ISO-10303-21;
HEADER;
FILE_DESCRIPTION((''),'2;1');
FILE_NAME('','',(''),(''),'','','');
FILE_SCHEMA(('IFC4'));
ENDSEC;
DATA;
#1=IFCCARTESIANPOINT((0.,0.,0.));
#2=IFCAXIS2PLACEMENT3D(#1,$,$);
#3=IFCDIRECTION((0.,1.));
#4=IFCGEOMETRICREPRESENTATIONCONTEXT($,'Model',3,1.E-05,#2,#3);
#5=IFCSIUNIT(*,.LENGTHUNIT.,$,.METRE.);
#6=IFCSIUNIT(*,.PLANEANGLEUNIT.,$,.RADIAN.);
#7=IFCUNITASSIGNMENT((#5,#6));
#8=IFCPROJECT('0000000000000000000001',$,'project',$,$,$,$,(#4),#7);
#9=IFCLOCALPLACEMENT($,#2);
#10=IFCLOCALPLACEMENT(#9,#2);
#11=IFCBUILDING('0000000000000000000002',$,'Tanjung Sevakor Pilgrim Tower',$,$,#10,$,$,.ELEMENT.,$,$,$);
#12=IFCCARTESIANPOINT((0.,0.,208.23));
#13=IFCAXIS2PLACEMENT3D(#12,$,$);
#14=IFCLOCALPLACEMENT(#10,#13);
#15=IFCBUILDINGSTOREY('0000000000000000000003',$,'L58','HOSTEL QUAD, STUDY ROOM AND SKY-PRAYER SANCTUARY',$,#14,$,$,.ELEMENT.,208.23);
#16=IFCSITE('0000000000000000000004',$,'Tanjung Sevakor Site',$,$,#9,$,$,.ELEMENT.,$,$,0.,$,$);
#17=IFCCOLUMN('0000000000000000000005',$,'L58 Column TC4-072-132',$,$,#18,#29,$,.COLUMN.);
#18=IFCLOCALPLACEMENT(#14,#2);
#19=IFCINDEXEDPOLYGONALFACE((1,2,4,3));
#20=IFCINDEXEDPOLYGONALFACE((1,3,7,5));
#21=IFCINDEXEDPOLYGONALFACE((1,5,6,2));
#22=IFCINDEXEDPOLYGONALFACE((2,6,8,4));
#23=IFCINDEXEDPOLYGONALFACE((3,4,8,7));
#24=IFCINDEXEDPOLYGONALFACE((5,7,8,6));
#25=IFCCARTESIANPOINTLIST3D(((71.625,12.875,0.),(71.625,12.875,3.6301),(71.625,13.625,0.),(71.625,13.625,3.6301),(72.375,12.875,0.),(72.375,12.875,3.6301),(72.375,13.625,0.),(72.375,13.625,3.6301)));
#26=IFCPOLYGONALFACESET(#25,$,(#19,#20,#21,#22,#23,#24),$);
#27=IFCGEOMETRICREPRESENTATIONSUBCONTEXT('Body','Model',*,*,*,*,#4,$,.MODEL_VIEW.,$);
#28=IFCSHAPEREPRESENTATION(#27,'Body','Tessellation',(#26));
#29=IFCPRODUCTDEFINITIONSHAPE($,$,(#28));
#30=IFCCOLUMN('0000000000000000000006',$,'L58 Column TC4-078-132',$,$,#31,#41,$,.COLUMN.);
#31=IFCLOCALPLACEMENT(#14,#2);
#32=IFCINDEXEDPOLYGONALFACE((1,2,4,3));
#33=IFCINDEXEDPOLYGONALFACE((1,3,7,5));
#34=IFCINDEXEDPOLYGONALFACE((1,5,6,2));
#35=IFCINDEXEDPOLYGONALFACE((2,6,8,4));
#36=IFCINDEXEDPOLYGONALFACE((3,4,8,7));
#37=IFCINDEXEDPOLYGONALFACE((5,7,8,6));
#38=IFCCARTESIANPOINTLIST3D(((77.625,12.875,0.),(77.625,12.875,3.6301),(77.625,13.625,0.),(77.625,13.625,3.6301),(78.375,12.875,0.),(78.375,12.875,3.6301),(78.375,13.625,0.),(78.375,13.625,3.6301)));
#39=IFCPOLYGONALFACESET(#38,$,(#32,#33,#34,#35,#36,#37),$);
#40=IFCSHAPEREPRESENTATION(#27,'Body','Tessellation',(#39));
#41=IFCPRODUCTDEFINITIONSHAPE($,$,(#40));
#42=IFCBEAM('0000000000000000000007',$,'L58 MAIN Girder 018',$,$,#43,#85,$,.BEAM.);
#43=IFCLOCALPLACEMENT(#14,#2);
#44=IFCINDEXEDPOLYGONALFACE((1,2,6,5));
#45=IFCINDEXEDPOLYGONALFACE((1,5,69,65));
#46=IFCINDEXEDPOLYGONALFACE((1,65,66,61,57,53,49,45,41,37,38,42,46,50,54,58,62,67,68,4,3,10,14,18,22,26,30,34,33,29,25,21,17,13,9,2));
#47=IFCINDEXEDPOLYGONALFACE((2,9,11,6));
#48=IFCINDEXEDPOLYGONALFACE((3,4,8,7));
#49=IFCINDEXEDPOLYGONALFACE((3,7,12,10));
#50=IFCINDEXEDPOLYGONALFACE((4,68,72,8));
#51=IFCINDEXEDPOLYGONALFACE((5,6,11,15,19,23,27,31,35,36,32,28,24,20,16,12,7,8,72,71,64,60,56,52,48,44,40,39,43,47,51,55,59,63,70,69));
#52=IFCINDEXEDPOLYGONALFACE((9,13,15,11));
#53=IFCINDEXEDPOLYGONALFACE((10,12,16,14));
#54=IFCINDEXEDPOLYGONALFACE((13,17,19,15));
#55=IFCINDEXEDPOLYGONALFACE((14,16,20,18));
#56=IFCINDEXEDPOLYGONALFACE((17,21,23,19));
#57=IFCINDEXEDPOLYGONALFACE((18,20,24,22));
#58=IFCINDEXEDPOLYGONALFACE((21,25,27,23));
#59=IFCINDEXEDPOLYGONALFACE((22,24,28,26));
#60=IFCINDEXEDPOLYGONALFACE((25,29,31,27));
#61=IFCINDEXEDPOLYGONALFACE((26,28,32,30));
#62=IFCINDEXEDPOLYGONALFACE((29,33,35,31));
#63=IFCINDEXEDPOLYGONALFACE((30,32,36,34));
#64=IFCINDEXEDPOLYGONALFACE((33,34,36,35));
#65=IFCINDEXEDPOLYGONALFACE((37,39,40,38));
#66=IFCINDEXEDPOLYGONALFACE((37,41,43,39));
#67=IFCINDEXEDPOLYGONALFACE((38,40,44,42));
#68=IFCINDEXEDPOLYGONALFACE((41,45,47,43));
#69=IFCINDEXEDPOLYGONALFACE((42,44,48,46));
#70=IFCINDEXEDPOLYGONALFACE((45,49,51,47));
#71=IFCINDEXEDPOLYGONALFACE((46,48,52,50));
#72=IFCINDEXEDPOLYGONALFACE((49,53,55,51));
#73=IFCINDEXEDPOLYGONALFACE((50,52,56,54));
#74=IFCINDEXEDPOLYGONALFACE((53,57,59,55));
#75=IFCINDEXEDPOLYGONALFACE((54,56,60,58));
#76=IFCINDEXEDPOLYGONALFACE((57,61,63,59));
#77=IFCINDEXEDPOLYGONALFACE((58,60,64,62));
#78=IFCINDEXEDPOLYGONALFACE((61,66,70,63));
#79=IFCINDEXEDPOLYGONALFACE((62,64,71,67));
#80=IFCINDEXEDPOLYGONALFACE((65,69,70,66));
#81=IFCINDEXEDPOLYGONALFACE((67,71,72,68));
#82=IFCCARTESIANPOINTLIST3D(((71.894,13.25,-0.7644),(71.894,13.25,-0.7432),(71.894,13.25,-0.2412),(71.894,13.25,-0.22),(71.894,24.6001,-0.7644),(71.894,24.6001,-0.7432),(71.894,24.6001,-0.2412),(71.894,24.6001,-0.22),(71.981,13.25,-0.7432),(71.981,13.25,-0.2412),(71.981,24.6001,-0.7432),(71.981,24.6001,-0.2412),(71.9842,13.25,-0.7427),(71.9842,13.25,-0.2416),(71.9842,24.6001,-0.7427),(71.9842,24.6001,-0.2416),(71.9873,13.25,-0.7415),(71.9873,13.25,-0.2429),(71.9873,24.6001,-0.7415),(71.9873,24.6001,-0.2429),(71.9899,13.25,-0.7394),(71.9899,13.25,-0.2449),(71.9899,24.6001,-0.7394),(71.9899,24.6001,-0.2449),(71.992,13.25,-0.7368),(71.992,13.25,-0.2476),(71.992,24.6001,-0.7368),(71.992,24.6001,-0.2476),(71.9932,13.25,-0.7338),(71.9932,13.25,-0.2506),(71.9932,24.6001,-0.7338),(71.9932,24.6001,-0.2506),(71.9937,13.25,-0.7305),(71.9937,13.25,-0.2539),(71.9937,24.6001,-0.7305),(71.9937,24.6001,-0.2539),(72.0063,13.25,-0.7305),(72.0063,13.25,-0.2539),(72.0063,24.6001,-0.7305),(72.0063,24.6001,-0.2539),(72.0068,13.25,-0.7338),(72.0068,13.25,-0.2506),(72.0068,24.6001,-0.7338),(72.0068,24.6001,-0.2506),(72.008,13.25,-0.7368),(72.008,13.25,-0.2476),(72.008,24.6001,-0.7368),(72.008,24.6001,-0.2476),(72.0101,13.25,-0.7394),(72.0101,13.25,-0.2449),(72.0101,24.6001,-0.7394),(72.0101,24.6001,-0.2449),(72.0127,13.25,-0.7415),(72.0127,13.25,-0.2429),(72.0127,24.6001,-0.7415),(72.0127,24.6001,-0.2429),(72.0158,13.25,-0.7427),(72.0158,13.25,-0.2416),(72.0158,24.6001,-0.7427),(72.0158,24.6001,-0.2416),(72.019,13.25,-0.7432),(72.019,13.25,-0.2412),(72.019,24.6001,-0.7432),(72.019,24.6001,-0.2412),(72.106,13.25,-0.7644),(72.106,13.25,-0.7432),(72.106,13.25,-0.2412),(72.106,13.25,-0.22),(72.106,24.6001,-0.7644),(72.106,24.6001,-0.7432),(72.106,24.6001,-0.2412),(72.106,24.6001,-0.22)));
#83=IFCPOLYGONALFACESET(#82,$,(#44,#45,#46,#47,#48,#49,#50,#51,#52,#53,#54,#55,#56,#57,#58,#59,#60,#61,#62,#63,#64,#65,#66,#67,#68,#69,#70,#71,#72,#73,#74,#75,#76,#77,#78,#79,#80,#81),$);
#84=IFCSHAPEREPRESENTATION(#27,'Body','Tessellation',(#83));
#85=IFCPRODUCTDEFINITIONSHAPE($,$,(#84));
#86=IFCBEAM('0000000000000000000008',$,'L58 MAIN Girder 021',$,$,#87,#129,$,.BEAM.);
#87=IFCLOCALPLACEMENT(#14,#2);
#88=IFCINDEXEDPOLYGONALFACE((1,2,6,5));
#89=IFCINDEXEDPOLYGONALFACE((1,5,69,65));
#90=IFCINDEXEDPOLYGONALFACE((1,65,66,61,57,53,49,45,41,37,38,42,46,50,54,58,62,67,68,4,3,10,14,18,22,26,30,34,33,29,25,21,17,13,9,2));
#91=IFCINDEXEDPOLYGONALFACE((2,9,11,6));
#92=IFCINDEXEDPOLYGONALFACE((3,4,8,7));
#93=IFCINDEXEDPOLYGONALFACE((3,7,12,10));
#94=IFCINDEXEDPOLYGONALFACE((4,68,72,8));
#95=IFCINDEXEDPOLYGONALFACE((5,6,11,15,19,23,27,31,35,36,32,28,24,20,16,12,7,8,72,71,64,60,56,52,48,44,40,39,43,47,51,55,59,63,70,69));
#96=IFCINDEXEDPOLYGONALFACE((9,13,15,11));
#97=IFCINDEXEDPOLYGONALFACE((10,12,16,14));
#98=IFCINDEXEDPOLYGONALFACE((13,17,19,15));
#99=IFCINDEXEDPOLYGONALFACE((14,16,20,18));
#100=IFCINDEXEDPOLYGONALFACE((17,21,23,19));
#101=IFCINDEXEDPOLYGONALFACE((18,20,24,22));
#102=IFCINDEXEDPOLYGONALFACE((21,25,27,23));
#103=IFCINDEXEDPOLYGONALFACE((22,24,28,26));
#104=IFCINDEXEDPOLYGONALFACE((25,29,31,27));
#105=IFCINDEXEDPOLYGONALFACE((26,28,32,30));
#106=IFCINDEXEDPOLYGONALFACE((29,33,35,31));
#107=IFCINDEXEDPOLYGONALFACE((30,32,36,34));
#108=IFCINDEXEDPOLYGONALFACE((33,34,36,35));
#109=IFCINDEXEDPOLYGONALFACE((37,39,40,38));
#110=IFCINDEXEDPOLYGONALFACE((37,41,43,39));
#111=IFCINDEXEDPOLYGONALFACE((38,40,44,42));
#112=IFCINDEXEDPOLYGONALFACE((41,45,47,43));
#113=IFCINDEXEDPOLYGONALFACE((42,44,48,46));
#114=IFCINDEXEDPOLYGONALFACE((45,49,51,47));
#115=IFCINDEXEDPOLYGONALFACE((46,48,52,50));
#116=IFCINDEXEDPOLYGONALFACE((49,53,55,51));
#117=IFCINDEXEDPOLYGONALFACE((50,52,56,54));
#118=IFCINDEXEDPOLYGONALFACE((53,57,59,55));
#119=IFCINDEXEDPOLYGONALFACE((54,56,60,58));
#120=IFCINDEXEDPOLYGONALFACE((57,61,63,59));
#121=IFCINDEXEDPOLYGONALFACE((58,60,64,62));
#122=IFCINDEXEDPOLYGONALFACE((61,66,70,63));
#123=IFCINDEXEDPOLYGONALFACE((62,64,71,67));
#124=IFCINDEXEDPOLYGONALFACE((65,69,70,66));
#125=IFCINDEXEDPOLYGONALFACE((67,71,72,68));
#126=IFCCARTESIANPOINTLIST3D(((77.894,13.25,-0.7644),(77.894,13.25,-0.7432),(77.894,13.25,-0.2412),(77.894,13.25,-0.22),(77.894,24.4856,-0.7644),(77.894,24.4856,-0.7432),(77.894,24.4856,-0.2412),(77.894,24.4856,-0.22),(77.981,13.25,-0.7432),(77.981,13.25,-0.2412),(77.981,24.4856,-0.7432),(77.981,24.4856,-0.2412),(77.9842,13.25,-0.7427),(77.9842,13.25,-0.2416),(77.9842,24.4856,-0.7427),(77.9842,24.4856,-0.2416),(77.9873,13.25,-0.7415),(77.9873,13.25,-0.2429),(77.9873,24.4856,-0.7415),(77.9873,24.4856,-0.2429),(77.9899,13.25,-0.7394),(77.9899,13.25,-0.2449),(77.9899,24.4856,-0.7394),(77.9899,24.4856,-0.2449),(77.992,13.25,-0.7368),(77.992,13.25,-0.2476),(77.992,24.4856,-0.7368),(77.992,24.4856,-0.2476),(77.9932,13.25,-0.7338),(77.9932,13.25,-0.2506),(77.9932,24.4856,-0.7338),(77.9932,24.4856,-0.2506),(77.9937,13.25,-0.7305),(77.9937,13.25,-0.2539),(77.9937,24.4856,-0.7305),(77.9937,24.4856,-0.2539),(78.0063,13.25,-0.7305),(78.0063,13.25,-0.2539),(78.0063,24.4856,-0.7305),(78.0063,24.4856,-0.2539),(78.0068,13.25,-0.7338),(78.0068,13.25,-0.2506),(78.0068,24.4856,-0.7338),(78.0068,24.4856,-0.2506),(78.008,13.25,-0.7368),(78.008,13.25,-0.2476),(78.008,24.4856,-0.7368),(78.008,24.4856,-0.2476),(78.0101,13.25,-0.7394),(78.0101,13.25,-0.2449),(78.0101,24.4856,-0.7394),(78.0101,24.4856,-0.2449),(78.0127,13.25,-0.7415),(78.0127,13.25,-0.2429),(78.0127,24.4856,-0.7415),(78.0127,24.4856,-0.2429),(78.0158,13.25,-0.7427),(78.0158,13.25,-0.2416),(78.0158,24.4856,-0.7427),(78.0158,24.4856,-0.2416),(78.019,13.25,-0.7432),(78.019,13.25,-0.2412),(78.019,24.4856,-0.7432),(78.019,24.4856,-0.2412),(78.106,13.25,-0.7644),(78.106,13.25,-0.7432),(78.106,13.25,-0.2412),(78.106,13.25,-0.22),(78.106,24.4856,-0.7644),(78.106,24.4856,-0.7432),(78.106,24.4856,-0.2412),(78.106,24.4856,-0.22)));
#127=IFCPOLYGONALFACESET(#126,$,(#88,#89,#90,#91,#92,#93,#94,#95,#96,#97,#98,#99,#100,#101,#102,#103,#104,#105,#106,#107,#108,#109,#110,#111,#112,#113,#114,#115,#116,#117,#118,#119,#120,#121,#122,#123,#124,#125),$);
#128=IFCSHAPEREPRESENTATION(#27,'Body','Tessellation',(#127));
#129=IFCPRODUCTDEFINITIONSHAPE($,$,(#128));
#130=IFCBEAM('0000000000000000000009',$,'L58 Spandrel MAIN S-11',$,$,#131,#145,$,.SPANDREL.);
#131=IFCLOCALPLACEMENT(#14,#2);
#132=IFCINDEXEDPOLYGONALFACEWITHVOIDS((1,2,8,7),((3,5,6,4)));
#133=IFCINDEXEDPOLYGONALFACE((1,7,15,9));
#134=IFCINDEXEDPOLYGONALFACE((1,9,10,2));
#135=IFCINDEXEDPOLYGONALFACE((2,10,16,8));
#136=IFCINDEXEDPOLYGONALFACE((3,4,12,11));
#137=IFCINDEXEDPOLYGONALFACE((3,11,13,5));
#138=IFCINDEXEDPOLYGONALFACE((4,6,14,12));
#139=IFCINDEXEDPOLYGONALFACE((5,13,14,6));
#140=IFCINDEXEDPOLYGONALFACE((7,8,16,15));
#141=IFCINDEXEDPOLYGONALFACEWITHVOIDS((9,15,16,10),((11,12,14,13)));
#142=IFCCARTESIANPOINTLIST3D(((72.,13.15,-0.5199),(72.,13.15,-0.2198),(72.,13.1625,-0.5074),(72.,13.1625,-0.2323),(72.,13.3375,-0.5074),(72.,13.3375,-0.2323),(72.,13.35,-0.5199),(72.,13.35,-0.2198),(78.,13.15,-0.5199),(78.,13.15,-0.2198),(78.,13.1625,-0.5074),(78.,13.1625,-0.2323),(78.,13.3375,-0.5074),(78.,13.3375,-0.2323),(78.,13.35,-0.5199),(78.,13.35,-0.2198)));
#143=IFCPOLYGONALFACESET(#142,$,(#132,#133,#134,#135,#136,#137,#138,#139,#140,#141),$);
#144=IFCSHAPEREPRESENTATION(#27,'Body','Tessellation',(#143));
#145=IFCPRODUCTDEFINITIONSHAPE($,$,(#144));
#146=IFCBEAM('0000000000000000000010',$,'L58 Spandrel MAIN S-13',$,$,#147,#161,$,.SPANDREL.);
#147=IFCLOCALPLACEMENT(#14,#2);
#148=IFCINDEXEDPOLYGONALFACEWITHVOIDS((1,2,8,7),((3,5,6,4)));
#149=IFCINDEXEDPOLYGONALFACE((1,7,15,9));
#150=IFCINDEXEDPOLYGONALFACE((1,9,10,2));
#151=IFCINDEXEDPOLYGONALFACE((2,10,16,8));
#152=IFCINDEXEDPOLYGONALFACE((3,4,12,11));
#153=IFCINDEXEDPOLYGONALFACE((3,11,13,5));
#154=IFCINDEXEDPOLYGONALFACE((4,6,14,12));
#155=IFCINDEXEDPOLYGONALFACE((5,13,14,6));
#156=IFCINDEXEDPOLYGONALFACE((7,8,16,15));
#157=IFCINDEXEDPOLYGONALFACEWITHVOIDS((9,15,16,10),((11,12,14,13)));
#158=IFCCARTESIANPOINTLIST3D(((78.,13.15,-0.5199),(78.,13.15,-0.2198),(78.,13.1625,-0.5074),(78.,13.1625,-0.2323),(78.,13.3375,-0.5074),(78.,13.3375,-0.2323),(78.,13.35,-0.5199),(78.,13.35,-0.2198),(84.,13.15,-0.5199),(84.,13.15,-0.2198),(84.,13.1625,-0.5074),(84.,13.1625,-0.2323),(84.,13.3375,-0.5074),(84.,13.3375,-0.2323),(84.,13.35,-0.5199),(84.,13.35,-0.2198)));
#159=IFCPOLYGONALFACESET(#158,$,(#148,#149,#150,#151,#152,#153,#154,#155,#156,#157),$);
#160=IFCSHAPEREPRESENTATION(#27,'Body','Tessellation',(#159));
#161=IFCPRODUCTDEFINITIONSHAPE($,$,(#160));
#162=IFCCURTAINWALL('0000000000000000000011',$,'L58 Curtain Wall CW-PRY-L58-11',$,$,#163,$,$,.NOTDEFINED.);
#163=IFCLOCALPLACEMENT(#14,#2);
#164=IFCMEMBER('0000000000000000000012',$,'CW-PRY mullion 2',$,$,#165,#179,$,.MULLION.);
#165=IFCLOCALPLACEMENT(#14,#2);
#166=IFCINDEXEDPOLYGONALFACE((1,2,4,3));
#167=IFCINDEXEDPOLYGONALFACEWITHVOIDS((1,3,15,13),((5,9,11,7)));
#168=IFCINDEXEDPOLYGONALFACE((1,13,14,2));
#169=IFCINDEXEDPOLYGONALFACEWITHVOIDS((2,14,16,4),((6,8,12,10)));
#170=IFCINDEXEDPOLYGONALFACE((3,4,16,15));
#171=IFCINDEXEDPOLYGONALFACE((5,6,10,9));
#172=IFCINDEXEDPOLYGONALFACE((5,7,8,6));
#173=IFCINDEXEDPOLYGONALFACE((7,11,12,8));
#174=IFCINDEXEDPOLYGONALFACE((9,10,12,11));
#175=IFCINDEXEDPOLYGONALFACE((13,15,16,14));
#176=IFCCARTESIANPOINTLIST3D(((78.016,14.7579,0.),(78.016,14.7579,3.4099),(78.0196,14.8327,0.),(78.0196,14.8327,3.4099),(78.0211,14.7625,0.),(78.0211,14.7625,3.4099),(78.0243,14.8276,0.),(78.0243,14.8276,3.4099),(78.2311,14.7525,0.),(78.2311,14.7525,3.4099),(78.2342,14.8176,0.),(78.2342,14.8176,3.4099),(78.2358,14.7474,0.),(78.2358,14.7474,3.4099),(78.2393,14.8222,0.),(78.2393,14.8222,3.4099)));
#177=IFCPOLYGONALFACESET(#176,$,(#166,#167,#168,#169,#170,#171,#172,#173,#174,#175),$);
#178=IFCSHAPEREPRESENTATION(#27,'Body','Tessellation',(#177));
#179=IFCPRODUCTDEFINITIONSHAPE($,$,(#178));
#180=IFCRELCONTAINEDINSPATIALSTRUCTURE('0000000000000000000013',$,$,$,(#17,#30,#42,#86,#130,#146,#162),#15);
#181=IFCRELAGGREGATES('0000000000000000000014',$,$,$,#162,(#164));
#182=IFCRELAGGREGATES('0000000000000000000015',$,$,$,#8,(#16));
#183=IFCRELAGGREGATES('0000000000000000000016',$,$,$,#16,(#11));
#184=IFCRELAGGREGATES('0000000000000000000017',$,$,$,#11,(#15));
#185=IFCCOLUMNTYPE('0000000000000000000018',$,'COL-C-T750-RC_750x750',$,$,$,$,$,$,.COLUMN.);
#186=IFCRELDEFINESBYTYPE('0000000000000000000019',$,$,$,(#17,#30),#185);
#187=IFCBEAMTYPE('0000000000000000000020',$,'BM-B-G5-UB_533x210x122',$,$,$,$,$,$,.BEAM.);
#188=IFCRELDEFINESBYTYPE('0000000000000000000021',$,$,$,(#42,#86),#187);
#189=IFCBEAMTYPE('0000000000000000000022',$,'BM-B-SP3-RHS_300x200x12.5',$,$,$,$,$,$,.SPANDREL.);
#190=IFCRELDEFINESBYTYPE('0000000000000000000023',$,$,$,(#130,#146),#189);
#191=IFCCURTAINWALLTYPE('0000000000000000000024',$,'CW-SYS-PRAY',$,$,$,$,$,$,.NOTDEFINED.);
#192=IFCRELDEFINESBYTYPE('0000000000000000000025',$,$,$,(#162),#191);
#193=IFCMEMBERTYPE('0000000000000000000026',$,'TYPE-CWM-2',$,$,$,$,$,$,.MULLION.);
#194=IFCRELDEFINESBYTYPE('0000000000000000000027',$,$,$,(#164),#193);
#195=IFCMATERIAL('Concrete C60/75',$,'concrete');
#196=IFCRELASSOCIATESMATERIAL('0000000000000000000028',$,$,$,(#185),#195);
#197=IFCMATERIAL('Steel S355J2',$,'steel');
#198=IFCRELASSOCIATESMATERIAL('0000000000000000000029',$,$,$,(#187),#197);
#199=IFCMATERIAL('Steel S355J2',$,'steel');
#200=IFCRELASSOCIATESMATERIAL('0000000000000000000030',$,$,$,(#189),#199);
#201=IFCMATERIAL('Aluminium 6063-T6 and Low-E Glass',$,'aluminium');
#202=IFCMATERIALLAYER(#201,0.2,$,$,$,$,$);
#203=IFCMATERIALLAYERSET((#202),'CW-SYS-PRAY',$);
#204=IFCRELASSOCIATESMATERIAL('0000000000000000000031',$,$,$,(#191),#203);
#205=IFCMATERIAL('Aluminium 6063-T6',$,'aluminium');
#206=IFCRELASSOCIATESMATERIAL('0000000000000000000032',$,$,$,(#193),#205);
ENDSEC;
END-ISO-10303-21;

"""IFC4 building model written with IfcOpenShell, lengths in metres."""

from ifc_helpers import new_model, si_unit, direction, frame, origin, origin_2d, place, context, subcontext, project, spatial, rectangle, hollow_rectangle, i_section, extrude, material, layer, layer_set, material_profile, profile_set, type_object, element, aggregate, save


model = new_model("IFC4")

# Units and contexts
model_context = context("Model", 3, precision=1e-05, world=origin(), true_north=direction((0.0, 1.0)))
body_context = subcontext(model_context, "Body", "Model", "MODEL_VIEW")
ifc_project = project(units=[si_unit("LENGTHUNIT", "METRE"), si_unit("PLANEANGLEUNIT", "RADIAN")], contexts=[model_context])

# Site, building, storey
site_placement = place(None, origin())
site = spatial("IfcSite", under=ifc_project, at=site_placement, Name="Tanjung Sevakor Site", CompositionType="ELEMENT", RefElevation=0.0)
building_placement = place(site_placement, origin())
building = spatial("IfcBuilding", under=site, at=building_placement, Name="Tanjung Sevakor Pilgrim Tower", CompositionType="ELEMENT")
storey_placement = place(building_placement, frame((0.0, 0.0, 208.23)))
storey = spatial("IfcBuildingStorey", under=building, at=storey_placement, Name="L58", Description="HOSTEL QUAD, STUDY ROOM AND SKY-PRAYER SANCTUARY", CompositionType="ELEMENT", Elevation=208.23)

# Columns
ifc_material_1 = material(Name="Concrete C60/75", Category="concrete")
ifc_material_profile_1 = material_profile(ifc_material_1, rectangle(XDim=0.75, YDim=0.75, at=origin_2d()))
ifc_profile_set_1 = profile_set([ifc_material_profile_1], Name="Concrete C60/75")
column_type = type_object("IfcColumnType", Name="COL-C-T750-RC_750x750", PredefinedType="COLUMN", material=ifc_profile_set_1)
for number, where, z_axis, x_axis, name in (
    (1, (72.0, 13.25, 0.0), (0.0, 0.0, 1.0), (1.0, 0.0, 0.0), "L58 Column TC4-072-132"),
    (2, (78.0, 13.25, 0.0), (0.0, 0.0, 1.0), (1.0, 0.0, 0.0), "L58 Column TC4-078-132"),
):
    element("IfcColumn", number, at=place(storey_placement, frame(where, z_axis=z_axis, x_axis=x_axis)), inside=storey, type_object=column_type, Name=name, PredefinedType="COLUMN", context=body_context, shape_type="SweptSolid", body=[
        extrude(rectangle(XDim=0.75, YDim=0.75, at=origin_2d()), origin(), (0.0, 0.0, 1.0), 3.6301),
    ])

# Beams
ifc_material_2 = material(Name="Steel S355J2", Category="steel")
ifc_material_profile_2 = material_profile(ifc_material_2, i_section(OverallWidth=0.2119, OverallDepth=0.5444, WebThickness=0.0127, FlangeThickness=0.0212, FilletRadius=0.0127, at=origin_2d()))
ifc_profile_set_2 = profile_set([ifc_material_profile_2], Name="Steel S355J2")
beam_type_1 = type_object("IfcBeamType", Name="BM-B-G5-UB_533x210x122", PredefinedType="BEAM", material=ifc_profile_set_2)
beam_1_placement = place(storey_placement, frame((72.0, 13.25, -0.4922), z_axis=(0.0, 1.0, 0.0), x_axis=(-1.0, 0.0, 0.0)))
element("IfcBeam", 3, at=beam_1_placement, inside=storey, type_object=beam_type_1, Name="L58 MAIN Girder 018", PredefinedType="BEAM", context=body_context, shape_type="SweptSolid", body=[
    extrude(i_section(OverallWidth=0.2119, OverallDepth=0.5444, WebThickness=0.0127, FlangeThickness=0.0212, FilletRadius=0.0127, at=origin_2d()), origin(), (0.0, 0.0, 1.0), 11.3501),
])
beam_2_placement = place(storey_placement, frame((78.0, 13.25, -0.4922), z_axis=(0.0, 1.0, 0.0), x_axis=(-1.0, 0.0, 0.0)))
element("IfcBeam", 4, at=beam_2_placement, inside=storey, type_object=beam_type_1, Name="L58 MAIN Girder 021", PredefinedType="BEAM", context=body_context, shape_type="SweptSolid", body=[
    extrude(i_section(OverallWidth=0.2119, OverallDepth=0.5444, WebThickness=0.0127, FlangeThickness=0.0212, FilletRadius=0.0127, at=origin_2d()), origin(), (0.0, 0.0, 1.0), 11.2356),
])
ifc_material_3 = material(Name="Steel S355J2", Category="steel")
ifc_material_profile_3 = material_profile(ifc_material_3, hollow_rectangle(XDim=0.2, YDim=0.3, WallThickness=0.0125, at=origin_2d()))
ifc_profile_set_3 = profile_set([ifc_material_profile_3], Name="Steel S355J2")
beam_type_2 = type_object("IfcBeamType", Name="BM-B-SP3-RHS_300x200x12.5", PredefinedType="SPANDREL", material=ifc_profile_set_3)
for number, where, z_axis, x_axis, name in (
    (5, (72.0, 13.25, -0.3699), (1.0, 0.0, 0.0), (0.0, 1.0, 0.0), "L58 Spandrel MAIN S-11"),
    (6, (78.0, 13.25, -0.3699), (1.0, 0.0, 0.0), (0.0, 1.0, 0.0), "L58 Spandrel MAIN S-13"),
):
    element("IfcBeam", number, at=place(storey_placement, frame(where, z_axis=z_axis, x_axis=x_axis)), inside=storey, type_object=beam_type_2, Name=name, PredefinedType="SPANDREL", context=body_context, shape_type="SweptSolid", body=[
        extrude(hollow_rectangle(XDim=0.2, YDim=0.3, WallThickness=0.0125, at=origin_2d()), origin(), (0.0, 0.0, 1.0), 6.0),
    ])

# Curtain wall, member
ifc_material_4 = material(Name="Aluminium 6063-T6 and Low-E Glass", Category="aluminium")
ifc_layer_1 = layer(ifc_material_4, 0.2)
ifc_layer_set_1 = layer_set([ifc_layer_1], Name="CW-SYS-PRAY")
curtain_wall_type = type_object("IfcCurtainWallType", Name="CW-SYS-PRAY", PredefinedType="NOTDEFINED", material=ifc_layer_set_1)
curtain_wall_1_placement = place(storey_placement, origin())
curtain_wall_1 = element("IfcCurtainWall", 7, at=curtain_wall_1_placement, inside=storey, type_object=curtain_wall_type, Name="L58 Curtain Wall CW-PRY-L58-11", PredefinedType="NOTDEFINED")
ifc_material_5 = material(Name="Aluminium 6063-T6", Category="aluminium")
ifc_material_profile_4 = material_profile(ifc_material_5, hollow_rectangle(XDim=0.075, YDim=0.22, WallThickness=0.0049, at=origin_2d()))
ifc_profile_set_4 = profile_set([ifc_material_profile_4], Name="Aluminium 6063-T6")
member_type_1 = type_object("IfcMemberType", Name="TYPE-CWM-2", PredefinedType="MULLION", material=ifc_profile_set_4)
member_1_placement = place(storey_placement, frame((78.1277, 14.79, 0.0), z_axis=(0.0, 0.0, 1.0), x_axis=(0.047787, 0.998858, 0.0)))
member_1 = element("IfcMember", 8, at=member_1_placement, type_object=member_type_1, Name="CW-PRY mullion 2", PredefinedType="MULLION", context=body_context, shape_type="SweptSolid", body=[
    extrude(hollow_rectangle(XDim=0.075, YDim=0.22, WallThickness=0.0049, at=origin_2d()), origin(), (0.0, 0.0, 1.0), 3.4099),
])

aggregate(curtain_wall_1, [member_1])

save(model, "model.ifc")
